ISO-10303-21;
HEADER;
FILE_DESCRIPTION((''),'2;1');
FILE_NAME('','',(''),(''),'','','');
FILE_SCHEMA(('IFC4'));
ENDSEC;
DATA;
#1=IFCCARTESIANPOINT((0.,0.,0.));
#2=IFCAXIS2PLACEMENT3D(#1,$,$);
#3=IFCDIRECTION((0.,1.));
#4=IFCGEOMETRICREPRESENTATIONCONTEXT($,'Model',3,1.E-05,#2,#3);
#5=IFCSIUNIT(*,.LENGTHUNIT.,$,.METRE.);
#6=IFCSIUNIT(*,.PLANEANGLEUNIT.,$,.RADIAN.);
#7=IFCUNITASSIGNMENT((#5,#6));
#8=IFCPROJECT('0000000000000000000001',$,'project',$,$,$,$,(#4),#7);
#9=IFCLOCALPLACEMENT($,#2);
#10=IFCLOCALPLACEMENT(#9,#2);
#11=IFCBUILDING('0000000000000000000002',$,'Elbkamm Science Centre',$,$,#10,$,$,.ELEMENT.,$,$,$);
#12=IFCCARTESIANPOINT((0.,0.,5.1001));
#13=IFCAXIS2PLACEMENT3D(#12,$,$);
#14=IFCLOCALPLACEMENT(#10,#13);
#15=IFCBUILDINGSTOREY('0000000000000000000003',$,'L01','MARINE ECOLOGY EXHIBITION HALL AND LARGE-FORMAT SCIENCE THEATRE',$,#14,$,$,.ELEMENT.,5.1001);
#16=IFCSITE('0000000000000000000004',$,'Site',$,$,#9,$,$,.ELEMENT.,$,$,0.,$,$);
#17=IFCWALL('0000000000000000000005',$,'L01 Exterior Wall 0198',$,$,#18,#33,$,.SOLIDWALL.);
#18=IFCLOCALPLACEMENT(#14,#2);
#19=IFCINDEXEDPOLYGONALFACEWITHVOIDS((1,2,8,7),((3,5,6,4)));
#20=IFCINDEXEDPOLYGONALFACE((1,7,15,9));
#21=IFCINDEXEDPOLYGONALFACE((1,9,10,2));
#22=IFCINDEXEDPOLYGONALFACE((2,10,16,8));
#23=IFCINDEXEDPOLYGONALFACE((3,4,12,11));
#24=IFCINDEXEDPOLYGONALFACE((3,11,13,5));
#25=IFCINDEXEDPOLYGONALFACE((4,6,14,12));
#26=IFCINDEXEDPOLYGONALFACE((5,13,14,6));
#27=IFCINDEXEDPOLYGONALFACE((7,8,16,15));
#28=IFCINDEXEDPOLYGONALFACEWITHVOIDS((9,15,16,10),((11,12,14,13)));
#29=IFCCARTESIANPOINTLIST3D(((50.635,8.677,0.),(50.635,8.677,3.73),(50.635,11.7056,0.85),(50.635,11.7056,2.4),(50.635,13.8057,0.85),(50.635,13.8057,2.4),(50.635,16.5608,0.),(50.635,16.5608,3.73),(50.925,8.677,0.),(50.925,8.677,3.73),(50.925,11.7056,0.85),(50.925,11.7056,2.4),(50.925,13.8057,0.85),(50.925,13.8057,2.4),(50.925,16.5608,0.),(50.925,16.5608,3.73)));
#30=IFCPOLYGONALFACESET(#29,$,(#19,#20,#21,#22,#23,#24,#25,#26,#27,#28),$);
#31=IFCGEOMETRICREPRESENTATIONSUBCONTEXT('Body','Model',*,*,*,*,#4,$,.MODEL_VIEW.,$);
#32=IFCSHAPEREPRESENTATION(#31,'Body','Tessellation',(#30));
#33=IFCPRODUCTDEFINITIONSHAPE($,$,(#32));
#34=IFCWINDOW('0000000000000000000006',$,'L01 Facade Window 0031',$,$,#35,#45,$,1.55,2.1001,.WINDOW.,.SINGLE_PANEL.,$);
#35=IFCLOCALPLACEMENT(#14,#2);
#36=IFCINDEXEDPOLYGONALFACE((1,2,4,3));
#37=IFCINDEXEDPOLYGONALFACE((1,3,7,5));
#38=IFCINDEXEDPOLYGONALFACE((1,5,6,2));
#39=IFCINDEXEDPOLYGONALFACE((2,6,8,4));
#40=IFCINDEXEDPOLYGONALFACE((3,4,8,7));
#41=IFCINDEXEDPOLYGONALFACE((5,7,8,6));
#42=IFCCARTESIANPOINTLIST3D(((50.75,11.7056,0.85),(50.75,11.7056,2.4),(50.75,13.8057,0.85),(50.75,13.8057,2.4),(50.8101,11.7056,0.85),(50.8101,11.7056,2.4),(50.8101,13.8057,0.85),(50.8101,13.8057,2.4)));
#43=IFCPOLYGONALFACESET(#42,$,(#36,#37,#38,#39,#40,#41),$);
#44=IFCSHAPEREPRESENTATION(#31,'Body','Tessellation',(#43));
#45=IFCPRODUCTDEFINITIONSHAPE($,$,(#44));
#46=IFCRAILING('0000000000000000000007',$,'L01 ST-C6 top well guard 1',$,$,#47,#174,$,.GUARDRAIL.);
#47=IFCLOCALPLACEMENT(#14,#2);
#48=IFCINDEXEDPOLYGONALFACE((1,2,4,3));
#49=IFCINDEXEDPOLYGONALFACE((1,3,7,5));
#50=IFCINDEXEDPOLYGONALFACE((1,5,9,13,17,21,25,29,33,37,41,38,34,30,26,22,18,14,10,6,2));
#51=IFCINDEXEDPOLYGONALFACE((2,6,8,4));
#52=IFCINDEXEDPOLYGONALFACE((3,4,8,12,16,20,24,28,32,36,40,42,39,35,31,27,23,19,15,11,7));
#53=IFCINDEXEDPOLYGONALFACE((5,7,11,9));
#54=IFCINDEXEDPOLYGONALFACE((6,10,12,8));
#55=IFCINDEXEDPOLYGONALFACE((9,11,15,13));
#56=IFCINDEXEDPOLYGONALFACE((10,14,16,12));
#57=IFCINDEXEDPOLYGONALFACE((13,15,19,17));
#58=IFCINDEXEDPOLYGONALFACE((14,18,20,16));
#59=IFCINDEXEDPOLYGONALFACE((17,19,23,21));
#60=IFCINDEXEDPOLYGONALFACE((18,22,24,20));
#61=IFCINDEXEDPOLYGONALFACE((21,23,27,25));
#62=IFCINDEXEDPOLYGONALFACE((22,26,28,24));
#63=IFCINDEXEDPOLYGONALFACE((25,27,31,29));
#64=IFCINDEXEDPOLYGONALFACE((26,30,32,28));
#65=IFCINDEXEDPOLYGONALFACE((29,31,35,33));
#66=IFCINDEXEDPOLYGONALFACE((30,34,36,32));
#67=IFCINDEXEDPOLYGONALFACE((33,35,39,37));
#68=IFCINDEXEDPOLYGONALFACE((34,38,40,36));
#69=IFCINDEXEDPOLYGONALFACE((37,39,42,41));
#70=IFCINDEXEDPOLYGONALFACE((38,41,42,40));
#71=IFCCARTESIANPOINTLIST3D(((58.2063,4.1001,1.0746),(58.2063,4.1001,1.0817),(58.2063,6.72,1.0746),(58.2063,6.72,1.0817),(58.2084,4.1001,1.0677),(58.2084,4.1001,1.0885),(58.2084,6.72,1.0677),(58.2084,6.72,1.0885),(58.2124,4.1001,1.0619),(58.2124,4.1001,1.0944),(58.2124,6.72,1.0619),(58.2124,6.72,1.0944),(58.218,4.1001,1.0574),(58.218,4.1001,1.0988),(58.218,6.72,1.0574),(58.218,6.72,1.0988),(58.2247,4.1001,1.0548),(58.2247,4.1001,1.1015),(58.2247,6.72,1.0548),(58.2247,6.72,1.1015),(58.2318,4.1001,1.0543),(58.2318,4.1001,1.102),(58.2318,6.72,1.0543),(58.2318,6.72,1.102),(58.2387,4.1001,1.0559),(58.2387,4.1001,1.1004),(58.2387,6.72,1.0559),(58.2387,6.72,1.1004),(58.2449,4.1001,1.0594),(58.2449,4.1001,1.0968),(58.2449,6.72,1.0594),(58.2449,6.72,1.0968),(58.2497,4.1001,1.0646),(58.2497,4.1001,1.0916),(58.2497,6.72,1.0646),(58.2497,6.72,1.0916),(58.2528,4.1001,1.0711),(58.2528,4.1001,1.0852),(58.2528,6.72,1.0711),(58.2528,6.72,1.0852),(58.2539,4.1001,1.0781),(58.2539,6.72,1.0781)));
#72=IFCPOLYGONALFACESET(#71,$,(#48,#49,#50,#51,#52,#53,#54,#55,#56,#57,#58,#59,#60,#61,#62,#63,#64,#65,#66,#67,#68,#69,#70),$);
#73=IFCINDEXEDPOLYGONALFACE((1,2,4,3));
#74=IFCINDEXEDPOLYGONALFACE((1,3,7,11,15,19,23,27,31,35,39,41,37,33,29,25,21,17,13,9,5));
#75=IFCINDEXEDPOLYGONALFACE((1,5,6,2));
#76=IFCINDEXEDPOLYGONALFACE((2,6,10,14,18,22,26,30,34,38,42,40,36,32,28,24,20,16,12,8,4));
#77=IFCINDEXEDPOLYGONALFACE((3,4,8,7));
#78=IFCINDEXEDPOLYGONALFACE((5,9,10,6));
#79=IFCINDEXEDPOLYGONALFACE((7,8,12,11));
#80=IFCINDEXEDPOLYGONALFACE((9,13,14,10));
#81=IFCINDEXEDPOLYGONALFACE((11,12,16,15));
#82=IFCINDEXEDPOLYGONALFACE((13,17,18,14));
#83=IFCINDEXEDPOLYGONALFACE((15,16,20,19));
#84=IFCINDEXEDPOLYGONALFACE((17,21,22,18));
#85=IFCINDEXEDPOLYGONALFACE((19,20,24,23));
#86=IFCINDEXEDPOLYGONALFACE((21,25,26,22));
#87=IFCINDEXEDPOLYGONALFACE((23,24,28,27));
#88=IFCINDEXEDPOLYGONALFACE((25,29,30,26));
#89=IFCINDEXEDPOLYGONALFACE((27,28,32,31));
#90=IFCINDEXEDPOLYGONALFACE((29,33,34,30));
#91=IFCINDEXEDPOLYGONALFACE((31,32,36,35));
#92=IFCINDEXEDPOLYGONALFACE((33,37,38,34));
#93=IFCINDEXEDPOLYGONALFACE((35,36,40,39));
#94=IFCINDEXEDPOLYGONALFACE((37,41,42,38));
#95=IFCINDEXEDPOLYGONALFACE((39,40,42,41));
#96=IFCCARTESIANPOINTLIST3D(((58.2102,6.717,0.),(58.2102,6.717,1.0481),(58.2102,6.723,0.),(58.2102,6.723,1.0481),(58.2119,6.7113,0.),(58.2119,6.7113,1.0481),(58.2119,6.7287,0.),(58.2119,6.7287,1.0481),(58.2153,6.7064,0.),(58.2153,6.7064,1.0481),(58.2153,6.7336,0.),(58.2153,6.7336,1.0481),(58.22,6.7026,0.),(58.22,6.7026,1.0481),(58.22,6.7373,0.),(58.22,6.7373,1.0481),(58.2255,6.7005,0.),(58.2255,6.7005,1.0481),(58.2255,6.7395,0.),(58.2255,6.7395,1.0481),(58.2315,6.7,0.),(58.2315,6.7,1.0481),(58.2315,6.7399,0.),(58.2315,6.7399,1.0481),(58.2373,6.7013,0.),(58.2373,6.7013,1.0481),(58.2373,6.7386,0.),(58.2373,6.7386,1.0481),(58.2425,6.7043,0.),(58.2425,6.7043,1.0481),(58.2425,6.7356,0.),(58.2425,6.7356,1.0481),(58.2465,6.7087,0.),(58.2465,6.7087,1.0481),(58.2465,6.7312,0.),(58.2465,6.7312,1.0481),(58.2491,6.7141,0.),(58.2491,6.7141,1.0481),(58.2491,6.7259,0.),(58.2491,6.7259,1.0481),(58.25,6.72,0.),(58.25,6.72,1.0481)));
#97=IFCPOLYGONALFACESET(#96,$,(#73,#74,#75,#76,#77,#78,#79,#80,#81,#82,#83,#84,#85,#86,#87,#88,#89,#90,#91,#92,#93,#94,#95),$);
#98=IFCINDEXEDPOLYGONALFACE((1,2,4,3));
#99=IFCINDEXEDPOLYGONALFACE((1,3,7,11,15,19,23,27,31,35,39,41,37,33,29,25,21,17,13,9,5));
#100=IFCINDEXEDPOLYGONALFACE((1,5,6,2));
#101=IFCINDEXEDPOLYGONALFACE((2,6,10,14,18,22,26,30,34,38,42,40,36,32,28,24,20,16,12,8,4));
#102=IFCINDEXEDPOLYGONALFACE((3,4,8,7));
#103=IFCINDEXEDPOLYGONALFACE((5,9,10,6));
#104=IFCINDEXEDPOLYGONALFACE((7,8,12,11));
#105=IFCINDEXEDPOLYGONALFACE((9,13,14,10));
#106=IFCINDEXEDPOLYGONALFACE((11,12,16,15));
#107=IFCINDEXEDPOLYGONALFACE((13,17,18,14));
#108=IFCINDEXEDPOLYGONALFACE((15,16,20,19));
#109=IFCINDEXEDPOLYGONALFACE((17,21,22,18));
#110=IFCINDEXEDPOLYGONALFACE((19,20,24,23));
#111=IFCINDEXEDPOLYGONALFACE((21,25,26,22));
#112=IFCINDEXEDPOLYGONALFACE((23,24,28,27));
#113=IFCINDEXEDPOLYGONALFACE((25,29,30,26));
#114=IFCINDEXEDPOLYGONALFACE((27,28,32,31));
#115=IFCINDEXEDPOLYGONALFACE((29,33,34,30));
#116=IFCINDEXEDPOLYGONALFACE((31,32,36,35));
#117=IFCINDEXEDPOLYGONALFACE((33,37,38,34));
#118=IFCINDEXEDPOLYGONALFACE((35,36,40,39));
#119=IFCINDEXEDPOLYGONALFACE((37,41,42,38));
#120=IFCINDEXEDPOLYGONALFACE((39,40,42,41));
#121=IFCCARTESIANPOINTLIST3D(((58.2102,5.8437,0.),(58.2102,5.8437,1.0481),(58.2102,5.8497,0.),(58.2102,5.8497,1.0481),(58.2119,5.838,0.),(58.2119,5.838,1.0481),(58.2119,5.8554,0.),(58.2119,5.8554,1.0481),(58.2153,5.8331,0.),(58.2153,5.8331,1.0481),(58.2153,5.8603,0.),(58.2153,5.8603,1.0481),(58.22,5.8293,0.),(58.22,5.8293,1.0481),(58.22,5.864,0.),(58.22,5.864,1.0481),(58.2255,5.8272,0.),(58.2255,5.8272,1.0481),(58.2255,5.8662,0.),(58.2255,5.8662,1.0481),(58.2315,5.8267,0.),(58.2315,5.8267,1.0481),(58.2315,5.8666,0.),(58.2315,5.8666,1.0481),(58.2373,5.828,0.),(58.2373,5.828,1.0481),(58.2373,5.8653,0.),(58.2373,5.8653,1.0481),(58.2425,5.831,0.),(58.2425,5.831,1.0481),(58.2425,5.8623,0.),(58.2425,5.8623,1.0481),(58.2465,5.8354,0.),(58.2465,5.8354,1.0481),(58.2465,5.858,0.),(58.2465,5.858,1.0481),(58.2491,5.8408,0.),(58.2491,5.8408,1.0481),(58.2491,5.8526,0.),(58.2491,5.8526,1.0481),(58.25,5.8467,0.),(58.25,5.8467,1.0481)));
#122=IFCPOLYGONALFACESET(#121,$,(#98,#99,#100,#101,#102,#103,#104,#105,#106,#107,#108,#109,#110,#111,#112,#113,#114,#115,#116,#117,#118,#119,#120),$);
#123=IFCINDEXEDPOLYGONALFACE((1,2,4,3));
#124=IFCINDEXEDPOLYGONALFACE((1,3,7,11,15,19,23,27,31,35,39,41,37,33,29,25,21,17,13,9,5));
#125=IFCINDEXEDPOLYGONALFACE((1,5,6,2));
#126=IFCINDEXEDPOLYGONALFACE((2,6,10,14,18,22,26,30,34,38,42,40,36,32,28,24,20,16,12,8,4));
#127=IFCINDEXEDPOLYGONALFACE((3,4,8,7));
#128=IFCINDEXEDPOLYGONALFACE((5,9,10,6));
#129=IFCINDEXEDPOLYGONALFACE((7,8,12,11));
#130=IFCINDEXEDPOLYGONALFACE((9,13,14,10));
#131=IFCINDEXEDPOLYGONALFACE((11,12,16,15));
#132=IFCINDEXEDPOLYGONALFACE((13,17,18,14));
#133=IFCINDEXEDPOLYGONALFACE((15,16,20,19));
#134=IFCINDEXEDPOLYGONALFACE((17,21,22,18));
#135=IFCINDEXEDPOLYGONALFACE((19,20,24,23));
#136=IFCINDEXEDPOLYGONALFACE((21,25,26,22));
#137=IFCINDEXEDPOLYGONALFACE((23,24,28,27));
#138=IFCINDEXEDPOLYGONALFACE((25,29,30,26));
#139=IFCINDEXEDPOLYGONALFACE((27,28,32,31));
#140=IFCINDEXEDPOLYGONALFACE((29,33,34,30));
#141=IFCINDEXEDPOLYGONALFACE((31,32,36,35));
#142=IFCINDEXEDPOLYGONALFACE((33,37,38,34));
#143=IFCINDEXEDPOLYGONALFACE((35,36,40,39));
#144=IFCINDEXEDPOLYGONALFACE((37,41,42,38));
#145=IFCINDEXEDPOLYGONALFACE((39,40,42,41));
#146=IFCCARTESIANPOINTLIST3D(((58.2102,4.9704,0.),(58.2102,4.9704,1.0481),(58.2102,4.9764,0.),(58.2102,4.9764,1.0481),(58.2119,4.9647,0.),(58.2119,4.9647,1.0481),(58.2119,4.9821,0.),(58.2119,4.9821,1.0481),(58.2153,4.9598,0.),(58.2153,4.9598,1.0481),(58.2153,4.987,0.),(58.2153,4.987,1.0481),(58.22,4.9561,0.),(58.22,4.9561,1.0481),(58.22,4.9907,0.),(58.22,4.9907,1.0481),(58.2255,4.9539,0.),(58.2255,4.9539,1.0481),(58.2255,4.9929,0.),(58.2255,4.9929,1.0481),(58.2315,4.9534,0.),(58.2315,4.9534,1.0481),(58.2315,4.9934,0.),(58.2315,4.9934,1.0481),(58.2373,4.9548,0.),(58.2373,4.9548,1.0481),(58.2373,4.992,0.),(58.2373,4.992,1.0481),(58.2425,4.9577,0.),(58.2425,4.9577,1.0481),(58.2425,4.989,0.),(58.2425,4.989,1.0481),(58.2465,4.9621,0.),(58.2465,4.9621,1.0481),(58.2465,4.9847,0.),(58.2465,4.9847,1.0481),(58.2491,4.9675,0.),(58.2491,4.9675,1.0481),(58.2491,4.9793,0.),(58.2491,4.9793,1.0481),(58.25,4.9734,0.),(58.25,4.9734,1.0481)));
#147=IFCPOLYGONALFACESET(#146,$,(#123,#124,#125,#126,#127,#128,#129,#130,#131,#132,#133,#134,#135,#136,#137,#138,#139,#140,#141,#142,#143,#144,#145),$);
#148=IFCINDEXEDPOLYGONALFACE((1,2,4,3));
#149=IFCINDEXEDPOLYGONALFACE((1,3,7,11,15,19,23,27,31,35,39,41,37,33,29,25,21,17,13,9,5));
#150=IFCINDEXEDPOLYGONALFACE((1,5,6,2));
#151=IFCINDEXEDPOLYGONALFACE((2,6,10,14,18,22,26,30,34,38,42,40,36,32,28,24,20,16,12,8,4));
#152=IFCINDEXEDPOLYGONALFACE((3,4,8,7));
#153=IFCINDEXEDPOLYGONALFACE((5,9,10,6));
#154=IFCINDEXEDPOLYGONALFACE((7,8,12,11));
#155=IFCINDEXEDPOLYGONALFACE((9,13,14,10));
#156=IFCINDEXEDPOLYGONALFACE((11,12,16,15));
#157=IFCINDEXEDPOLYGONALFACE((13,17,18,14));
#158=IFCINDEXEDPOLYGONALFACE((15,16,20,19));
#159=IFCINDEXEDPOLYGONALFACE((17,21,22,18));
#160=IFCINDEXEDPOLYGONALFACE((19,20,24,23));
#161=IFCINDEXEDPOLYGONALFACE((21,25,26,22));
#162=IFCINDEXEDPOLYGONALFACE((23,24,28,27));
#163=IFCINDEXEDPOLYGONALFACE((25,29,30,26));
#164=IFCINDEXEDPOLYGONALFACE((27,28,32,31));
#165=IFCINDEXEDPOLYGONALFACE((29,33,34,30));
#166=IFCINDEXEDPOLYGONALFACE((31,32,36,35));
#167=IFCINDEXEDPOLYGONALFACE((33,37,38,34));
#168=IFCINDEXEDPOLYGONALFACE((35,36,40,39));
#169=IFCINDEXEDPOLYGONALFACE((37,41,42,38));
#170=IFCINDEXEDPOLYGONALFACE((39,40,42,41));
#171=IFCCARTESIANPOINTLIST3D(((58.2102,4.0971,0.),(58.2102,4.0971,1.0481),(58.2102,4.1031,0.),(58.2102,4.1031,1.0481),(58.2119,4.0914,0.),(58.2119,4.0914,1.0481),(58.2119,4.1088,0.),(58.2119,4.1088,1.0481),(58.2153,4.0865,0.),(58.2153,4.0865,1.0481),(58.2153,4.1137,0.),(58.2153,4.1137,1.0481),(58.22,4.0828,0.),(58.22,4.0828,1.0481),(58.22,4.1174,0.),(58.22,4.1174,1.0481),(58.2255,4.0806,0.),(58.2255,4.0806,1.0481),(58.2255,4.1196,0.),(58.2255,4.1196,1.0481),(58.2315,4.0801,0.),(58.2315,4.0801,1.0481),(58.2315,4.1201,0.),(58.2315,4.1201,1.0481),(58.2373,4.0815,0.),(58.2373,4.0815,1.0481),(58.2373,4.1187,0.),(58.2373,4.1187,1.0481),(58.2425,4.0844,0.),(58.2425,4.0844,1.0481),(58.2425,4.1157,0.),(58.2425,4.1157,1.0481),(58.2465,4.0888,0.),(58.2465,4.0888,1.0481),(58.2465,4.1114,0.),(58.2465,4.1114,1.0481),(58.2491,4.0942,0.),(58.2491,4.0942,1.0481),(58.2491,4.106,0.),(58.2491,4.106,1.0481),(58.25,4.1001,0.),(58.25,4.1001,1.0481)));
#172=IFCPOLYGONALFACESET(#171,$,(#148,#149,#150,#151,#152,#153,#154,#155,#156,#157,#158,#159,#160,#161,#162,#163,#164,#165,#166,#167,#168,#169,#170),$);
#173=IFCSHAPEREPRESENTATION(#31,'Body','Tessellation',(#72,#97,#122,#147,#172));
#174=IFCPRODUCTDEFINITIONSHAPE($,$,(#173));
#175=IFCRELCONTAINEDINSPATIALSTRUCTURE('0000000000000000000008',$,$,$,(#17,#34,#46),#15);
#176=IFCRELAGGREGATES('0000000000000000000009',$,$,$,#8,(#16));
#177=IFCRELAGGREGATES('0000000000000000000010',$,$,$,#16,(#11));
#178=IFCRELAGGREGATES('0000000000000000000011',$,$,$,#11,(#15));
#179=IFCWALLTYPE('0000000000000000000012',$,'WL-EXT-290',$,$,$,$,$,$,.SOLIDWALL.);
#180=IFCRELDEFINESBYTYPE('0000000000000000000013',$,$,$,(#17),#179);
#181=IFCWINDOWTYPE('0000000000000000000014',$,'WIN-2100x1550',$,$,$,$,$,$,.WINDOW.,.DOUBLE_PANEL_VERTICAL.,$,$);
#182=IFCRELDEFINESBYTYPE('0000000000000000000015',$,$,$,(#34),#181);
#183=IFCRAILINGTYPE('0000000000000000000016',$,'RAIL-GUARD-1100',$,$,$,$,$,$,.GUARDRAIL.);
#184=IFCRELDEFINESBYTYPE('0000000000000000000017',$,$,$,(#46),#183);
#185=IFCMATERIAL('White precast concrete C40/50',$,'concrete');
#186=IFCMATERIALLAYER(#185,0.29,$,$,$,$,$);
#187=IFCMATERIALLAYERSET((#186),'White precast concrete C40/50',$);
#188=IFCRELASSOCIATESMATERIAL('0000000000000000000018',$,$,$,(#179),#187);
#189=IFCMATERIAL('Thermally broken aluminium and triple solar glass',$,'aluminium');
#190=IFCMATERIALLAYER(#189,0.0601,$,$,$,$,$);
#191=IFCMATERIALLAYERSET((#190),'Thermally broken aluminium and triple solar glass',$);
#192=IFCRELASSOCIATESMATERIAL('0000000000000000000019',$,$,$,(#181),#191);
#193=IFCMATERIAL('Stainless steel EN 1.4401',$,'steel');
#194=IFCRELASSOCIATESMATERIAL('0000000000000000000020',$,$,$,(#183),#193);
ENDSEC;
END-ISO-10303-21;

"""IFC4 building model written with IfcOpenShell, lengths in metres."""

from ifc_helpers import new_model, si_unit, direction, frame, frame_2d, origin, origin_2d, place, context, subcontext, project, spatial, rectangle, circle, extrude, material, layer, layer_set, type_object, element, fill, save


model = new_model("IFC4")

# Units and contexts
model_context = context("Model", 3, precision=1e-05, world=origin(), true_north=direction((0.0, 1.0)))
body_context = subcontext(model_context, "Body", "Model", "MODEL_VIEW")
ifc_project = project(units=[si_unit("LENGTHUNIT", "METRE"), si_unit("PLANEANGLEUNIT", "RADIAN")], contexts=[model_context])

# Site, building, storey
site_placement = place(None, origin())
site = spatial("IfcSite", under=ifc_project, at=site_placement, Name="Site", CompositionType="ELEMENT", RefElevation=0.0)
building_placement = place(site_placement, origin())
building = spatial("IfcBuilding", under=site, at=building_placement, Name="Elbkamm Science Centre", CompositionType="ELEMENT")
storey_placement = place(building_placement, frame((0.0, 0.0, 5.1001)))
storey = spatial("IfcBuildingStorey", under=building, at=storey_placement, Name="L01", Description="MARINE ECOLOGY EXHIBITION HALL AND LARGE-FORMAT SCIENCE THEATRE", CompositionType="ELEMENT", Elevation=5.1001)

# Wall, opening, window
ifc_material_1 = material(Name="White precast concrete C40/50", Category="concrete")
ifc_material_2 = material(Name="Thermally broken aluminium and triple solar glass", Category="aluminium")
ifc_layer_1 = layer(ifc_material_1, 0.29)
ifc_layer_set_1 = layer_set([ifc_layer_1], Name="White precast concrete C40/50")
wall_type_1 = type_object("IfcWallType", Name="WL-EXT-290", PredefinedType="SOLIDWALL", material=ifc_layer_set_1)
wall_1_placement = place(storey_placement, frame((50.78, 8.677, 0.0), z_axis=(0.0, 0.0, 1.0), x_axis=(0.0, 1.0, 0.0)))
wall_1 = element("IfcWall", 1, at=wall_1_placement, inside=storey, type_object=wall_type_1, Name="L01 Exterior Wall 0198", PredefinedType="SOLIDWALL", context=body_context, shape_type="SweptSolid", body=[
    extrude(rectangle(XDim=7.8838, YDim=0.29, at=frame_2d((3.9419, 0.0))), origin(), (0.0, 0.0, 1.0), 3.73),
])
opening_1_placement = place(wall_1_placement, frame((3.0286, 0.0, 0.8501)))
opening_1 = element("IfcOpeningElement", 2, at=opening_1_placement, cuts=wall_1, PredefinedType="OPENING", context=body_context, shape_type="SweptSolid", body=[
    extrude(rectangle(XDim=2.1001, YDim=1.55, at=frame_2d((1.05, 0.7749))), frame((0.0, 0.157, 0.0), z_axis=(0.0, -1.0, 0.0), x_axis=(1.0, 0.0, 0.0)), (0.0, 0.0, 1.0), 0.314),
])
ifc_layer_2 = layer(ifc_material_2, 0.0601)
ifc_layer_set_2 = layer_set([ifc_layer_2], Name="Thermally broken aluminium and triple solar glass")
window_type_1 = type_object("IfcWindowType", Name="WIN-2100x1550", PartitioningType="DOUBLE_PANEL_VERTICAL", PredefinedType="WINDOW", material=ifc_layer_set_2)
window_1_placement = place(opening_1_placement, origin())
window_1 = element("IfcWindow", 3, at=window_1_placement, inside=storey, type_object=window_type_1, Name="L01 Facade Window 0031", OverallHeight=1.55, OverallWidth=2.1001, PartitioningType="SINGLE_PANEL", PredefinedType="WINDOW", context=body_context, shape_type="SweptSolid", body=[
    extrude(rectangle(XDim=2.1001, YDim=1.55, at=frame_2d((1.05, 0.7749))), frame((0.0, 0.03, 0.0), z_axis=(0.0, -1.0, 0.0), x_axis=(1.0, 0.0, 0.0)), (0.0, 0.0, 1.0), 0.0601),
])
fill(opening_1, window_1)

# Railing
ifc_material_3 = material(Name="Stainless steel EN 1.4401", Category="steel")
railing_type_1 = type_object("IfcRailingType", Name="RAIL-GUARD-1100", PredefinedType="GUARDRAIL", material=ifc_material_3)
railing_1_placement = place(storey_placement, frame((58.23, 6.72, 0.0)))
element("IfcRailing", 4, at=railing_1_placement, inside=storey, type_object=railing_type_1, Name="L01 ST-C6 top well guard 1", PredefinedType="GUARDRAIL", context=body_context, shape_type="SweptSolid", body=[
    extrude(circle(Radius=0.0239, at=origin_2d()), frame((0.0, 0.0, 1.0781), z_axis=(0.0, -1.0, 0.0), x_axis=(1.0, 0.0, 0.0)), (0.0, 0.0, 1.0), 2.6199),
    extrude(circle(Radius=0.02, at=origin_2d()), origin(), (0.0, 0.0, 1.0), 1.0481),
    extrude(circle(Radius=0.02, at=origin_2d()), frame((0.0, -0.8733, 0.0)), (0.0, 0.0, 1.0), 1.0481),
    extrude(circle(Radius=0.02, at=origin_2d()), frame((0.0, -1.7466, 0.0)), (0.0, 0.0, 1.0), 1.0481),
    extrude(circle(Radius=0.02, at=origin_2d()), frame((0.0, -2.6199, 0.0)), (0.0, 0.0, 1.0), 1.0481),
])

save(model, "model.ifc")
